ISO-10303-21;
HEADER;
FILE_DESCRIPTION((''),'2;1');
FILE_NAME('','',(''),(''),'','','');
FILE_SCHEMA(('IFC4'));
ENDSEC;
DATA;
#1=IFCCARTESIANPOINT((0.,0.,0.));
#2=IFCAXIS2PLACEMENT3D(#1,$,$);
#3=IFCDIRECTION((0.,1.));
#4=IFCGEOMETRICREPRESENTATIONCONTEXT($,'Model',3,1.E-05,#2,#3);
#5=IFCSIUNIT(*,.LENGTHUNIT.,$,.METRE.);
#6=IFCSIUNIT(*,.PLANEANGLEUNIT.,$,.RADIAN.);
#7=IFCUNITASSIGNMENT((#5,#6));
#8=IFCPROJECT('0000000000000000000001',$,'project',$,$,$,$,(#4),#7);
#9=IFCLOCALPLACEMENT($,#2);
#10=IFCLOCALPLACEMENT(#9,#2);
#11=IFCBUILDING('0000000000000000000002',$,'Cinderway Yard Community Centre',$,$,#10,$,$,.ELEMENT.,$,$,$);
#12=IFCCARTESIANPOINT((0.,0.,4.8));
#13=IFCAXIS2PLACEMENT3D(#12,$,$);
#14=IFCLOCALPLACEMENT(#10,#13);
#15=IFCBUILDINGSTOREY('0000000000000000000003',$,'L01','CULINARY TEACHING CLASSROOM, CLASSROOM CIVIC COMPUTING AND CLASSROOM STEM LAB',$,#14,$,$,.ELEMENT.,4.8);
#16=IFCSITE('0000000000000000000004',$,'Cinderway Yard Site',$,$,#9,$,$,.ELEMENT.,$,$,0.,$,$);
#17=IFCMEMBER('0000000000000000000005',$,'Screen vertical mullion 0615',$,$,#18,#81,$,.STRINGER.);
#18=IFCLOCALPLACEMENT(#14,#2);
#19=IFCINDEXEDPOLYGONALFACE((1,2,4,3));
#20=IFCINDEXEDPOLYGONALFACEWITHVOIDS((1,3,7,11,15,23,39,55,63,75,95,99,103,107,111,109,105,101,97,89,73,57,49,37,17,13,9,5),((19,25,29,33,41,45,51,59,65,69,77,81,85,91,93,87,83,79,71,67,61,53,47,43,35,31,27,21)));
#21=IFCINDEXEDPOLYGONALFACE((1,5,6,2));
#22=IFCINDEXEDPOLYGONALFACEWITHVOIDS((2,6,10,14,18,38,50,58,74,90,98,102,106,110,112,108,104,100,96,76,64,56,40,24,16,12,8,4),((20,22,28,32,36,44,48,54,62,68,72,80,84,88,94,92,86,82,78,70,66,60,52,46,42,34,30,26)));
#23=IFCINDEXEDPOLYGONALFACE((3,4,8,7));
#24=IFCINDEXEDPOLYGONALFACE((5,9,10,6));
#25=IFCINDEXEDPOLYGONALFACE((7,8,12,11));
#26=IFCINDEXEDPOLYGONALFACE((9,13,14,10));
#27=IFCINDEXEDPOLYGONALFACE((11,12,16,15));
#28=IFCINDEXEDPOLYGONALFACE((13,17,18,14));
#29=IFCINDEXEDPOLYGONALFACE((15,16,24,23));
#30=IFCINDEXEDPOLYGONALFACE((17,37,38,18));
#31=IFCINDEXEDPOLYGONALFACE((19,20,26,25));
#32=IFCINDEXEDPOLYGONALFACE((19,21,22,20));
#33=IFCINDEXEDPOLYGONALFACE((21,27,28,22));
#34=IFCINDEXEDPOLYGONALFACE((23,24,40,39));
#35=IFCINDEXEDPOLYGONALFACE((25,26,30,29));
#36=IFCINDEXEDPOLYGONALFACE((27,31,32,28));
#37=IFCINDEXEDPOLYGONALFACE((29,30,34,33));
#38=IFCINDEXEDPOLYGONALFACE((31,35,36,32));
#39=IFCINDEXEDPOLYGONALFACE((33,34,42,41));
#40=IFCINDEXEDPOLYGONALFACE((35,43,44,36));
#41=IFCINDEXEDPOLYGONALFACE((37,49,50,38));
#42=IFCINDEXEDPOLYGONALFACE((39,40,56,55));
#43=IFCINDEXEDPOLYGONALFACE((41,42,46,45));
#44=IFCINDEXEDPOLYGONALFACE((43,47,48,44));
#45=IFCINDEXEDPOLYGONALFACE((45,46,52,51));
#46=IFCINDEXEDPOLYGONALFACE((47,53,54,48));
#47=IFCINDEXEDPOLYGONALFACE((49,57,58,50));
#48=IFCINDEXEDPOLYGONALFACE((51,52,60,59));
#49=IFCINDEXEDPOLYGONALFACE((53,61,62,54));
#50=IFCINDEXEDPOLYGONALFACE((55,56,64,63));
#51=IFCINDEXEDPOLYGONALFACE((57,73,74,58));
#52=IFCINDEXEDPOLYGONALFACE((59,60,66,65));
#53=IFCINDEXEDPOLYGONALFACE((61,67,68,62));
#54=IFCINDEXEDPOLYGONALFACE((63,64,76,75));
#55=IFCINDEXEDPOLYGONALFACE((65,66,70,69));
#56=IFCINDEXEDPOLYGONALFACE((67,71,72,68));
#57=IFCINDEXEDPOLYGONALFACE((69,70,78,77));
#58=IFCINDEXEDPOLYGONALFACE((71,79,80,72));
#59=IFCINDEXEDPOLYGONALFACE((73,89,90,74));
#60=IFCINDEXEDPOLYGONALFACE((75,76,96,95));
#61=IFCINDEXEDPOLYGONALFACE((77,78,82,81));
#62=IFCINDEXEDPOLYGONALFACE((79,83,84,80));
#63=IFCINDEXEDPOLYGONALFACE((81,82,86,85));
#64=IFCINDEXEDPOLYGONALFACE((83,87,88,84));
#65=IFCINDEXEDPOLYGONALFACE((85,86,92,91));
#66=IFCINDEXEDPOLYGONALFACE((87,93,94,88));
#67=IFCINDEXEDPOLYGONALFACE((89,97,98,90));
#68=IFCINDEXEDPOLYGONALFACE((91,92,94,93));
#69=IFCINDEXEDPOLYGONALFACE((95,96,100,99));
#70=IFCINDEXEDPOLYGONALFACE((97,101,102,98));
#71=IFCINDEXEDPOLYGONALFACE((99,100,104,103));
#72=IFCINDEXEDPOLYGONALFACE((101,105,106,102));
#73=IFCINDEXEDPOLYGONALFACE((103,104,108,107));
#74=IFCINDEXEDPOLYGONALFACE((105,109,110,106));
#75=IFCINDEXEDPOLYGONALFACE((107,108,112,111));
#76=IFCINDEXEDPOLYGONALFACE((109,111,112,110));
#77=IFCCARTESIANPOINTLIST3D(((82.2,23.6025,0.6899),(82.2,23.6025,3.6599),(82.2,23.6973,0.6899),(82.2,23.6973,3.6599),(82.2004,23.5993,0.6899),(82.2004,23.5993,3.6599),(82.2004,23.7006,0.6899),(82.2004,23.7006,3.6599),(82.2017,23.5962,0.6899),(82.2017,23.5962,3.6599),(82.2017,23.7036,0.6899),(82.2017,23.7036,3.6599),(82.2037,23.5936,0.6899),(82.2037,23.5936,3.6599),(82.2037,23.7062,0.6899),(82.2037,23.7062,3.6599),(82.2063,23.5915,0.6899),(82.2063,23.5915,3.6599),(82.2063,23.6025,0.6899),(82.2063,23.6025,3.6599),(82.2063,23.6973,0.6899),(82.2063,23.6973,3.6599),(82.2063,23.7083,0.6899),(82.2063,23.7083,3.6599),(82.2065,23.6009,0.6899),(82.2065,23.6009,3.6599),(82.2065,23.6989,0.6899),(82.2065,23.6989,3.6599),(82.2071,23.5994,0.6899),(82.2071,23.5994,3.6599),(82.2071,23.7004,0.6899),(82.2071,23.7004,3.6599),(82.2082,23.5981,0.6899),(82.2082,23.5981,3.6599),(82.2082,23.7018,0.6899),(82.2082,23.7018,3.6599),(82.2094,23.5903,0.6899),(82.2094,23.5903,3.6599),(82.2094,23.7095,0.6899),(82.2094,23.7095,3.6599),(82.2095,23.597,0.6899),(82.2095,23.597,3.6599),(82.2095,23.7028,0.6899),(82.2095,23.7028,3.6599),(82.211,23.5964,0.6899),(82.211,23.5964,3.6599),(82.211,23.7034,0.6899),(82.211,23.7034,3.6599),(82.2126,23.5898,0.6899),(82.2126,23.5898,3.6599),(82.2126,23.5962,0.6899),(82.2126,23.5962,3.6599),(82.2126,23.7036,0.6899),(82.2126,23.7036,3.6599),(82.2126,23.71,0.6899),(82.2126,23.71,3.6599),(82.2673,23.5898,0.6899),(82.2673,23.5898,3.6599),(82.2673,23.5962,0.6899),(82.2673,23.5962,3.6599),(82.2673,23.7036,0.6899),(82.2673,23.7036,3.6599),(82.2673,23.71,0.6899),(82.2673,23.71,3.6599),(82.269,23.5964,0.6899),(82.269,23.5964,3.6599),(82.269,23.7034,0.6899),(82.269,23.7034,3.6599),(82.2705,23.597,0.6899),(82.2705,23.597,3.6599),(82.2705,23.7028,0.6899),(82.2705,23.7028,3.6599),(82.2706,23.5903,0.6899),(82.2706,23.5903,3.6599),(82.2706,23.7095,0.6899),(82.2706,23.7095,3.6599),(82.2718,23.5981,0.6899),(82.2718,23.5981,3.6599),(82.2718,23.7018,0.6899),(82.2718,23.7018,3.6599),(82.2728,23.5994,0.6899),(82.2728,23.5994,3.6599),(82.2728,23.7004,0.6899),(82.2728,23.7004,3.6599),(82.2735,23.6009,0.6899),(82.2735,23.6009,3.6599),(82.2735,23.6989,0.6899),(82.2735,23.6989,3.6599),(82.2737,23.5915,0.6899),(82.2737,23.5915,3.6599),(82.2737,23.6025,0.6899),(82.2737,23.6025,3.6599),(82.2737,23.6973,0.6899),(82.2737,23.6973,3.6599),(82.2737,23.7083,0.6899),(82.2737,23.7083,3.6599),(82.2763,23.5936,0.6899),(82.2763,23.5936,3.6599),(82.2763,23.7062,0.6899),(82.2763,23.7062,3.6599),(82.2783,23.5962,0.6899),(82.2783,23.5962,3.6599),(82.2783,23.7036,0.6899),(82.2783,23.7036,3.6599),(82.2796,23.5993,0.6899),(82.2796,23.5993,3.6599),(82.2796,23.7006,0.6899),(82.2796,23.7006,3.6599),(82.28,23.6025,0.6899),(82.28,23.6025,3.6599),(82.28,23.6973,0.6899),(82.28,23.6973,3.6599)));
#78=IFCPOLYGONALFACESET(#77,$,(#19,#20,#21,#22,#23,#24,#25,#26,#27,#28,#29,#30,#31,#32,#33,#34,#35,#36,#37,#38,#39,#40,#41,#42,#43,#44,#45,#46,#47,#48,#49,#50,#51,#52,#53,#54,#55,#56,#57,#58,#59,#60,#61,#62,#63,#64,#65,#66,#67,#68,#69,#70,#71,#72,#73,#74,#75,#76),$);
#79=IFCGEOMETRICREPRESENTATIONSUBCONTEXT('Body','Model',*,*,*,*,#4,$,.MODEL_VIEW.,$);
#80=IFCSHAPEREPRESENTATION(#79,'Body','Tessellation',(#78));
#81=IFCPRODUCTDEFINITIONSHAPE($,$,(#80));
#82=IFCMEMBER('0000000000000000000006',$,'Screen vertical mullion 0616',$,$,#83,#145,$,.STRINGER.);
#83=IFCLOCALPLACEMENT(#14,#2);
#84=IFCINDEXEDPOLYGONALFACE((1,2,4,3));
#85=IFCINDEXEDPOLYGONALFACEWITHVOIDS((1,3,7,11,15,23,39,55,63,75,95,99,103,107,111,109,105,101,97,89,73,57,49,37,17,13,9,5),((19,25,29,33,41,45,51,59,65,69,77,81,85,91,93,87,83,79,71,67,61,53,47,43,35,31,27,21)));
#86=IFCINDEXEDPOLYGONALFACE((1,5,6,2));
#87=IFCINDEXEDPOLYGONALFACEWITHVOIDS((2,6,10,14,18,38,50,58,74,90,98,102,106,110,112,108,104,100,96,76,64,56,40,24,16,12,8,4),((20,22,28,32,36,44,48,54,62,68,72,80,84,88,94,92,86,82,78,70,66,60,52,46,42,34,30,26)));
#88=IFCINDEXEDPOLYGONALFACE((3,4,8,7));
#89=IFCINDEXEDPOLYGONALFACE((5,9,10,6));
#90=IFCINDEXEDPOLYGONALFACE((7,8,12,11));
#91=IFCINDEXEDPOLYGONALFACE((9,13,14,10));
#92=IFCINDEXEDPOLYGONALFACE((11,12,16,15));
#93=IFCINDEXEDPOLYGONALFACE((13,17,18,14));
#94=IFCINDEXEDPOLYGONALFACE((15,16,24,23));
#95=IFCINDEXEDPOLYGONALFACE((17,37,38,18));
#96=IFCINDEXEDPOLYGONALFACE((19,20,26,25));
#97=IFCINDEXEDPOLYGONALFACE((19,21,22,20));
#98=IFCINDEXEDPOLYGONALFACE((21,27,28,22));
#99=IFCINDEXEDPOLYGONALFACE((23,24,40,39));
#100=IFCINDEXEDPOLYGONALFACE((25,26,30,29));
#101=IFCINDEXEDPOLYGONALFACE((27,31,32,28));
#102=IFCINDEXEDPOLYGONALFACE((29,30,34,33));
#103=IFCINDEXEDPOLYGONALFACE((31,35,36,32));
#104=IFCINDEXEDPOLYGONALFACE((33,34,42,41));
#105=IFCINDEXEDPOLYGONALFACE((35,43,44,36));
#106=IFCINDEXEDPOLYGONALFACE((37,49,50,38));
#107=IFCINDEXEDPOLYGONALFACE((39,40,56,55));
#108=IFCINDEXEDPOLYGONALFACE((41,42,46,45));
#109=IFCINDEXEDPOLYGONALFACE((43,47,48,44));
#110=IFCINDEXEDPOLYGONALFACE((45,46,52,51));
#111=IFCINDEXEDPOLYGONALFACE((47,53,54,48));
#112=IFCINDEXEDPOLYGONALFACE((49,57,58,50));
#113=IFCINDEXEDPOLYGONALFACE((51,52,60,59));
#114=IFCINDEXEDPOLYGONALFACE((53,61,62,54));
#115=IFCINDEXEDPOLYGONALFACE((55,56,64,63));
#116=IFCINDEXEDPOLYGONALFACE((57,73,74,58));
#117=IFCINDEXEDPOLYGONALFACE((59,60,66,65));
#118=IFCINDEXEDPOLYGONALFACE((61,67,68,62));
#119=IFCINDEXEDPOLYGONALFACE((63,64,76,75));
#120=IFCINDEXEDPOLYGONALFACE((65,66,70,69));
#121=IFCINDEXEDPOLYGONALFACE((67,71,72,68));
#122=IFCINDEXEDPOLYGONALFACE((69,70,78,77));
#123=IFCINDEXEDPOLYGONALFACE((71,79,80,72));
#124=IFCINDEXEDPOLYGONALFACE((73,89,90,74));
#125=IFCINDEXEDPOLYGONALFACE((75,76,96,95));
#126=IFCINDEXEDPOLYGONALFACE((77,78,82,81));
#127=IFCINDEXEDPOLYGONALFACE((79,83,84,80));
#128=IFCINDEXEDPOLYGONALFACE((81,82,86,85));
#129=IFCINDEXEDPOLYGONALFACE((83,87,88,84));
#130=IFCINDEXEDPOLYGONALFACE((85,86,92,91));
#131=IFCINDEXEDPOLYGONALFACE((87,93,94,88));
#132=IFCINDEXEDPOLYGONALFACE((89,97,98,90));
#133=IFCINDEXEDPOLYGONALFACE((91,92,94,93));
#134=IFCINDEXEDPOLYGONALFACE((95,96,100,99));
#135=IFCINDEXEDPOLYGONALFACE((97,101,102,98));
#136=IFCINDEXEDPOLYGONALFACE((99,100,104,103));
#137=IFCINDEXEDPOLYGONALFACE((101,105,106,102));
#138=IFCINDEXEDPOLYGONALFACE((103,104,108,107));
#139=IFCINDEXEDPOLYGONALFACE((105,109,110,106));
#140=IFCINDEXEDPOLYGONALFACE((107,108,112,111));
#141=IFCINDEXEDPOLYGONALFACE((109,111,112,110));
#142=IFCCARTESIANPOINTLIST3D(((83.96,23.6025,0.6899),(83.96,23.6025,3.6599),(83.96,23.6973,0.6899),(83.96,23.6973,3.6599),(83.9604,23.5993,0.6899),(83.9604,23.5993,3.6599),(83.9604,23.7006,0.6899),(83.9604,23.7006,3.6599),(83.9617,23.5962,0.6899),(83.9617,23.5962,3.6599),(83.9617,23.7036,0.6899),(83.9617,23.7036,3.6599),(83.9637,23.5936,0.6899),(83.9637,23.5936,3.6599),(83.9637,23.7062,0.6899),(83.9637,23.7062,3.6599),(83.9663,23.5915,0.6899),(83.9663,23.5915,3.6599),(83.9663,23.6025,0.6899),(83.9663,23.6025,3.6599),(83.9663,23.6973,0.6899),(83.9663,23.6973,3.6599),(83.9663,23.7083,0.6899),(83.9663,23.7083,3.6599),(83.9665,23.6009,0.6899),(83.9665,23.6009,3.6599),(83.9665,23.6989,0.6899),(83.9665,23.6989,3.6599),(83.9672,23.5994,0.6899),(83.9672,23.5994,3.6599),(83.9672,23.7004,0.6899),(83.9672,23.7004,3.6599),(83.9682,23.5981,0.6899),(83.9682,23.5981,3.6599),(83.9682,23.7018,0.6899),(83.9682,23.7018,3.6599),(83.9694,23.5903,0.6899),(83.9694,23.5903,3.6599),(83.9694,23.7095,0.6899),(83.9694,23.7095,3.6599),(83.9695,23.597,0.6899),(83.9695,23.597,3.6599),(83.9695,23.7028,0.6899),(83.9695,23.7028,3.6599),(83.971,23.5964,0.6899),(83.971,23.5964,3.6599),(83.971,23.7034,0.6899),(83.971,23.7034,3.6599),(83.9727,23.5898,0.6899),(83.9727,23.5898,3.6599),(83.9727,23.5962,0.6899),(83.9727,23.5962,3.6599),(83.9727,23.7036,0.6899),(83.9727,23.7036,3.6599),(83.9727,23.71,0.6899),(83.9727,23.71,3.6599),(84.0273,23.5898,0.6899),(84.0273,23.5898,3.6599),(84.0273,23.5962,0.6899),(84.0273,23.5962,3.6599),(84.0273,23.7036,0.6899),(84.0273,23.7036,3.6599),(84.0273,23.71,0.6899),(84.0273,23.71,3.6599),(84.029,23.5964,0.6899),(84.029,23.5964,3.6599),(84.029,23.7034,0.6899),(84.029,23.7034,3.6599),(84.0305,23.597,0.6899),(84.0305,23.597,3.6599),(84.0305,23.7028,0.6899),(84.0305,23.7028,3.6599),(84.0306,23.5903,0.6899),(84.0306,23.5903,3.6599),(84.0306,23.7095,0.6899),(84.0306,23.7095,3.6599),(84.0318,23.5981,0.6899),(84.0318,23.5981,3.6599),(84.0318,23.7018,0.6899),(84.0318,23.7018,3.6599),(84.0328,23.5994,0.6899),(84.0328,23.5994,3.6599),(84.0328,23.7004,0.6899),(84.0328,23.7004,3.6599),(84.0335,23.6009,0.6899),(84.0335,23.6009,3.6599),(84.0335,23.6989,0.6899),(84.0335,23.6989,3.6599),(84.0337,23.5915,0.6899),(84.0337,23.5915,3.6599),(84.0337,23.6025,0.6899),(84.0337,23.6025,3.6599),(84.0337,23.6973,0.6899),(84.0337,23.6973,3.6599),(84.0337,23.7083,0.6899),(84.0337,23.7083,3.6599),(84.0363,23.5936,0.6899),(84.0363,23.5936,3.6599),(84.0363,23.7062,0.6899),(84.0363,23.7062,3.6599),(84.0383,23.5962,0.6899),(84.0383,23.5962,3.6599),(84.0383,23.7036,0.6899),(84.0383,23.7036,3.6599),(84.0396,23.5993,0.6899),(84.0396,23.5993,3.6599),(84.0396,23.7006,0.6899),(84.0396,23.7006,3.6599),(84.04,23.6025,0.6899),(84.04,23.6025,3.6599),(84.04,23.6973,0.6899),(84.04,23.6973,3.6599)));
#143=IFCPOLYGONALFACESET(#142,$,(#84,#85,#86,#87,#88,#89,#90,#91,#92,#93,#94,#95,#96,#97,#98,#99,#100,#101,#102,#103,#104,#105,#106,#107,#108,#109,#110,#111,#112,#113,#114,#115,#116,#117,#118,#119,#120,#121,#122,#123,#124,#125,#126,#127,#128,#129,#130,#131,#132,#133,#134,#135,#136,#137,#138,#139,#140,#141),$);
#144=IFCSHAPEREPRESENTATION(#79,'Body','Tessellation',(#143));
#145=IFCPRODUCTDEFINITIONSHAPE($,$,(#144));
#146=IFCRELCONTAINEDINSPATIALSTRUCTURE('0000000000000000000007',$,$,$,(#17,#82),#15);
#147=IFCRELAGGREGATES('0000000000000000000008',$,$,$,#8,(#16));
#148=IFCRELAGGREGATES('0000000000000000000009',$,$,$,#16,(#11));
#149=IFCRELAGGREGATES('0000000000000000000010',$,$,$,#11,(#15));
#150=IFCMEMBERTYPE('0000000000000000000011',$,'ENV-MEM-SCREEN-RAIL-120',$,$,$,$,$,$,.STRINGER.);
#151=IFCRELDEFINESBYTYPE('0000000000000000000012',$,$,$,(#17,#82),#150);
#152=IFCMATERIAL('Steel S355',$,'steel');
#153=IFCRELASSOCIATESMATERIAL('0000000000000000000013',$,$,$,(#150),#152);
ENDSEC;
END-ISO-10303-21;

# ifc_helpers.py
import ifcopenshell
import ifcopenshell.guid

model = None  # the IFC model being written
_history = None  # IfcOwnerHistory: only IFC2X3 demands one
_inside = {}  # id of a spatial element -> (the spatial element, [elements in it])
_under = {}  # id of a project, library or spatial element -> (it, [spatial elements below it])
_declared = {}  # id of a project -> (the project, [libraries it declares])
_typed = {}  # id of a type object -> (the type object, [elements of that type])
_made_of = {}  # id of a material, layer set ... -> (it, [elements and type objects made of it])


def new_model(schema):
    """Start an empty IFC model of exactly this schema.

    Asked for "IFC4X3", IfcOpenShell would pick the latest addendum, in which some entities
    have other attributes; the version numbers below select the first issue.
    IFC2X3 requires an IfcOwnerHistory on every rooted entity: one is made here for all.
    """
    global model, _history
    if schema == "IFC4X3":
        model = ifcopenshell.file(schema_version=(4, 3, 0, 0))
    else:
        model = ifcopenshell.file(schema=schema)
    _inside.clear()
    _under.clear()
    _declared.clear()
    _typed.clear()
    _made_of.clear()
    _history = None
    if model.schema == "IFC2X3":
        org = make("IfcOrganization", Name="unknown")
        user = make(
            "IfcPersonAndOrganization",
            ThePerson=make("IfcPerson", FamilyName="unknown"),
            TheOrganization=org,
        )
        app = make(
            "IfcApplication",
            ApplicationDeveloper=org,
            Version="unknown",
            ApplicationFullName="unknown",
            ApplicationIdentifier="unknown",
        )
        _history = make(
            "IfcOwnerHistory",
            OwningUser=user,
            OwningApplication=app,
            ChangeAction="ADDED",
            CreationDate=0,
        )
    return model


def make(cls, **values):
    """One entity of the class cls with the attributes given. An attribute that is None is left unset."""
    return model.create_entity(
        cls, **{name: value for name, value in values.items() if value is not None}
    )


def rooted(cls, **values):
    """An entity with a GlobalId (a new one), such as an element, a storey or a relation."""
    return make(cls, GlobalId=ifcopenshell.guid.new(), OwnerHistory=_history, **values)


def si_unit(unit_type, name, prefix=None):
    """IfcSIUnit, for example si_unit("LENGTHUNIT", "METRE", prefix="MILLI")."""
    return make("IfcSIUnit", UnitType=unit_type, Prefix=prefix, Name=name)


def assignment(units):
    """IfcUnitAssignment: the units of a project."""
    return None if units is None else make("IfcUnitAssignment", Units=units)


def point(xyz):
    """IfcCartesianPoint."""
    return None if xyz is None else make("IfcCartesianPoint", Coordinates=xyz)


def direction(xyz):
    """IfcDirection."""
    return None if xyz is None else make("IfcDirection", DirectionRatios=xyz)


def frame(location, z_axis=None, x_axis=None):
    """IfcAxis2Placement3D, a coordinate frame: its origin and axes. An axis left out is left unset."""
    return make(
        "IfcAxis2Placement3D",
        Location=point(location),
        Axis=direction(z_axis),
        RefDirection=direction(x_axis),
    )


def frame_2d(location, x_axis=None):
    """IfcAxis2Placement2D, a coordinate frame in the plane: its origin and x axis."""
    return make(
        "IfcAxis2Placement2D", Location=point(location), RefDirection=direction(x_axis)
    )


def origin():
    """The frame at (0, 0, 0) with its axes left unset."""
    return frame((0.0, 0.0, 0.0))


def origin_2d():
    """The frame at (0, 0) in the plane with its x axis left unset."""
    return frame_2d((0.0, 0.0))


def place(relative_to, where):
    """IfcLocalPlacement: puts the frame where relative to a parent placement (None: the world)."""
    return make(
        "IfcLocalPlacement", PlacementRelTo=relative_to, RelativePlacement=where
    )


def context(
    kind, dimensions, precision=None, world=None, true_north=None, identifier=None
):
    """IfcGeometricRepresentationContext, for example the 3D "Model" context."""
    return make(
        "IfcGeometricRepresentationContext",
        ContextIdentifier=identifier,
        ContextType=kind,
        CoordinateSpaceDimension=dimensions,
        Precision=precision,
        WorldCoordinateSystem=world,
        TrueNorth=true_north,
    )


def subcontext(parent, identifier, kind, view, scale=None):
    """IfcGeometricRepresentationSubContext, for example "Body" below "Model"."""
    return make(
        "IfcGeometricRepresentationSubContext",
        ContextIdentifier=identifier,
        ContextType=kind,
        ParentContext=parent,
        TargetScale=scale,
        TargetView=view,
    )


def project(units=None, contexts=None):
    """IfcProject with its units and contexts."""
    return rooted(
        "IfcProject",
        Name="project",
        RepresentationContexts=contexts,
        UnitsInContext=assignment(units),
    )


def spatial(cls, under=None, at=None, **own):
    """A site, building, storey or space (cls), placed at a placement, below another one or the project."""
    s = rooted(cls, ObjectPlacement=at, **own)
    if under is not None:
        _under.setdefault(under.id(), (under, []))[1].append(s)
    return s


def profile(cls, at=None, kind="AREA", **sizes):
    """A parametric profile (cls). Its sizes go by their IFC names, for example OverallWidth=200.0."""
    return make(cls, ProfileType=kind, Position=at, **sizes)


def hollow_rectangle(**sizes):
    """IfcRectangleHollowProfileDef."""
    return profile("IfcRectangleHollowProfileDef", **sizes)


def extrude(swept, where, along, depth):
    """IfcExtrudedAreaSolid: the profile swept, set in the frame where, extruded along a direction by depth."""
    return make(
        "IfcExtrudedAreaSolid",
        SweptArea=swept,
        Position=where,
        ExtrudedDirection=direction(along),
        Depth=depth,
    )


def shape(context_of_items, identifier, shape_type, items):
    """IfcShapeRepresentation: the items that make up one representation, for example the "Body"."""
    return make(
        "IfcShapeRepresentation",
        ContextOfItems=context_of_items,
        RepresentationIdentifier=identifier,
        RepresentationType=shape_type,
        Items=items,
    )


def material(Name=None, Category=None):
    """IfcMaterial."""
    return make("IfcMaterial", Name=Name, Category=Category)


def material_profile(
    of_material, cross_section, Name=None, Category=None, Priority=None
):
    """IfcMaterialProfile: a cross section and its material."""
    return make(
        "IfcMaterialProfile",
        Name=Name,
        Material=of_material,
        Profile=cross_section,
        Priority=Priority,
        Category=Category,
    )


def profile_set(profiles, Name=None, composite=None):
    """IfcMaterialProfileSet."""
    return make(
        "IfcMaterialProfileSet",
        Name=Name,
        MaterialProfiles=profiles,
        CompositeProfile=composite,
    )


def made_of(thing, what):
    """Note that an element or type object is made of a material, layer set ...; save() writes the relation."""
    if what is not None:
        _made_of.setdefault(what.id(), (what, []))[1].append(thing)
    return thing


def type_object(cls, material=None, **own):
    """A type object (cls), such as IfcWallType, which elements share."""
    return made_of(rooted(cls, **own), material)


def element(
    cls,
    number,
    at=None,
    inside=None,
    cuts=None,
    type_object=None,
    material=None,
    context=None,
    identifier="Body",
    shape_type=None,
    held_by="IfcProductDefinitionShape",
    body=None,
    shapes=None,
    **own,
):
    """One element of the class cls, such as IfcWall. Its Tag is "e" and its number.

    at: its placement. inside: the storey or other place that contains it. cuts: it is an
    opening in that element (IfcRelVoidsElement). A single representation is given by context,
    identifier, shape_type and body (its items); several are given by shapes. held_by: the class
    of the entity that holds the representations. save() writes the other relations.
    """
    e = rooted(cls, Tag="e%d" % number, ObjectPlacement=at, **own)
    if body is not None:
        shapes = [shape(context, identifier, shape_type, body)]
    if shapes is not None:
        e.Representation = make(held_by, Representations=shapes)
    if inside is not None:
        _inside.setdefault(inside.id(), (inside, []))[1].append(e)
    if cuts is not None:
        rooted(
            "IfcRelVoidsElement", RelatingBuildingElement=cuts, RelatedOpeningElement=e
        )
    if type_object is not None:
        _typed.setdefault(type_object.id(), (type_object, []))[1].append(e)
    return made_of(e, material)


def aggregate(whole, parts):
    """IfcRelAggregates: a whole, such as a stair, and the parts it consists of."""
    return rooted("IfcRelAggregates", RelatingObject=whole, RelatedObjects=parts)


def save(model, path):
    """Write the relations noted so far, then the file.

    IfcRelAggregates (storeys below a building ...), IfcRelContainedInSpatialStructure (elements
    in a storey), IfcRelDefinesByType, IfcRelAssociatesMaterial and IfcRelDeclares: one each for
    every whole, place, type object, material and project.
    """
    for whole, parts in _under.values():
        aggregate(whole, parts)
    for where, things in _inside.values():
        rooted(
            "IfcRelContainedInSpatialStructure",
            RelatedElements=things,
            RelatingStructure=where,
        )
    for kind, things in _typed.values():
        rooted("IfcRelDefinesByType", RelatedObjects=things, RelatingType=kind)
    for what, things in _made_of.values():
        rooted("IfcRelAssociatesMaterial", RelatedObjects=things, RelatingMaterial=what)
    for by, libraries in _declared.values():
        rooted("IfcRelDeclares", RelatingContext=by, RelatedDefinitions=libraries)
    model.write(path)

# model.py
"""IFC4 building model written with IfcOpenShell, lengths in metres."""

from ifc_helpers import new_model, si_unit, direction, frame, origin, origin_2d, place, context, subcontext, project, spatial, hollow_rectangle, extrude, material, material_profile, profile_set, type_object, element, save


model = new_model("IFC4")

# Units and contexts
model_context = context("Model", 3, precision=1e-05, world=origin(), true_north=direction((0.0, 1.0)))
body_context = subcontext(model_context, "Body", "Model", "MODEL_VIEW")
ifc_project = project(units=[si_unit("LENGTHUNIT", "METRE"), si_unit("PLANEANGLEUNIT", "RADIAN")], contexts=[model_context])

# Site, building, storey
site_placement = place(None, origin())
site = spatial("IfcSite", under=ifc_project, at=site_placement, Name="Cinderway Yard Site", CompositionType="ELEMENT", RefElevation=0.0)
building_placement = place(site_placement, origin())
building = spatial("IfcBuilding", under=site, at=building_placement, Name="Cinderway Yard Community Centre", CompositionType="ELEMENT")
storey_placement = place(building_placement, frame((0.0, 0.0, 4.8)))
storey = spatial("IfcBuildingStorey", under=building, at=storey_placement, Name="L01", Description="CULINARY TEACHING CLASSROOM, CLASSROOM CIVIC COMPUTING AND CLASSROOM STEM LAB", CompositionType="ELEMENT", Elevation=4.8)

# Members
ifc_material_1 = material(Name="Steel S355", Category="steel")
ifc_material_profile_1 = material_profile(ifc_material_1, hollow_rectangle(XDim=0.0801, YDim=0.1201, WallThickness=0.0063, InnerFilletRadius=0.0063, OuterFilletRadius=0.0127, at=origin_2d()), Name="Steel S355")
ifc_profile_set_1 = profile_set([ifc_material_profile_1], Name="Steel S355")
member_type_1 = type_object("IfcMemberType", Name="ENV-MEM-SCREEN-RAIL-120", PredefinedType="STRINGER", material=ifc_profile_set_1)
for number, where, z_axis, x_axis, name in (
    (1, (82.24, 23.6499, 0.6899), (0.0, 0.0, 1.0), (1.0, 0.0, 0.0), "Screen vertical mullion 0615"),
    (2, (84.0, 23.6499, 0.6899), (0.0, 0.0, 1.0), (1.0, 0.0, 0.0), "Screen vertical mullion 0616"),
):
    element("IfcMember", number, at=place(storey_placement, frame(where, z_axis=z_axis, x_axis=x_axis)), inside=storey, type_object=member_type_1, Name=name, PredefinedType="STRINGER", context=body_context, shape_type="SweptSolid", body=[
        extrude(hollow_rectangle(XDim=0.0801, YDim=0.1201, WallThickness=0.0063, InnerFilletRadius=0.0063, OuterFilletRadius=0.0127, at=origin_2d()), origin(), (0.0, 0.0, 1.0), 2.97),
    ])

save(model, "model.ifc")
